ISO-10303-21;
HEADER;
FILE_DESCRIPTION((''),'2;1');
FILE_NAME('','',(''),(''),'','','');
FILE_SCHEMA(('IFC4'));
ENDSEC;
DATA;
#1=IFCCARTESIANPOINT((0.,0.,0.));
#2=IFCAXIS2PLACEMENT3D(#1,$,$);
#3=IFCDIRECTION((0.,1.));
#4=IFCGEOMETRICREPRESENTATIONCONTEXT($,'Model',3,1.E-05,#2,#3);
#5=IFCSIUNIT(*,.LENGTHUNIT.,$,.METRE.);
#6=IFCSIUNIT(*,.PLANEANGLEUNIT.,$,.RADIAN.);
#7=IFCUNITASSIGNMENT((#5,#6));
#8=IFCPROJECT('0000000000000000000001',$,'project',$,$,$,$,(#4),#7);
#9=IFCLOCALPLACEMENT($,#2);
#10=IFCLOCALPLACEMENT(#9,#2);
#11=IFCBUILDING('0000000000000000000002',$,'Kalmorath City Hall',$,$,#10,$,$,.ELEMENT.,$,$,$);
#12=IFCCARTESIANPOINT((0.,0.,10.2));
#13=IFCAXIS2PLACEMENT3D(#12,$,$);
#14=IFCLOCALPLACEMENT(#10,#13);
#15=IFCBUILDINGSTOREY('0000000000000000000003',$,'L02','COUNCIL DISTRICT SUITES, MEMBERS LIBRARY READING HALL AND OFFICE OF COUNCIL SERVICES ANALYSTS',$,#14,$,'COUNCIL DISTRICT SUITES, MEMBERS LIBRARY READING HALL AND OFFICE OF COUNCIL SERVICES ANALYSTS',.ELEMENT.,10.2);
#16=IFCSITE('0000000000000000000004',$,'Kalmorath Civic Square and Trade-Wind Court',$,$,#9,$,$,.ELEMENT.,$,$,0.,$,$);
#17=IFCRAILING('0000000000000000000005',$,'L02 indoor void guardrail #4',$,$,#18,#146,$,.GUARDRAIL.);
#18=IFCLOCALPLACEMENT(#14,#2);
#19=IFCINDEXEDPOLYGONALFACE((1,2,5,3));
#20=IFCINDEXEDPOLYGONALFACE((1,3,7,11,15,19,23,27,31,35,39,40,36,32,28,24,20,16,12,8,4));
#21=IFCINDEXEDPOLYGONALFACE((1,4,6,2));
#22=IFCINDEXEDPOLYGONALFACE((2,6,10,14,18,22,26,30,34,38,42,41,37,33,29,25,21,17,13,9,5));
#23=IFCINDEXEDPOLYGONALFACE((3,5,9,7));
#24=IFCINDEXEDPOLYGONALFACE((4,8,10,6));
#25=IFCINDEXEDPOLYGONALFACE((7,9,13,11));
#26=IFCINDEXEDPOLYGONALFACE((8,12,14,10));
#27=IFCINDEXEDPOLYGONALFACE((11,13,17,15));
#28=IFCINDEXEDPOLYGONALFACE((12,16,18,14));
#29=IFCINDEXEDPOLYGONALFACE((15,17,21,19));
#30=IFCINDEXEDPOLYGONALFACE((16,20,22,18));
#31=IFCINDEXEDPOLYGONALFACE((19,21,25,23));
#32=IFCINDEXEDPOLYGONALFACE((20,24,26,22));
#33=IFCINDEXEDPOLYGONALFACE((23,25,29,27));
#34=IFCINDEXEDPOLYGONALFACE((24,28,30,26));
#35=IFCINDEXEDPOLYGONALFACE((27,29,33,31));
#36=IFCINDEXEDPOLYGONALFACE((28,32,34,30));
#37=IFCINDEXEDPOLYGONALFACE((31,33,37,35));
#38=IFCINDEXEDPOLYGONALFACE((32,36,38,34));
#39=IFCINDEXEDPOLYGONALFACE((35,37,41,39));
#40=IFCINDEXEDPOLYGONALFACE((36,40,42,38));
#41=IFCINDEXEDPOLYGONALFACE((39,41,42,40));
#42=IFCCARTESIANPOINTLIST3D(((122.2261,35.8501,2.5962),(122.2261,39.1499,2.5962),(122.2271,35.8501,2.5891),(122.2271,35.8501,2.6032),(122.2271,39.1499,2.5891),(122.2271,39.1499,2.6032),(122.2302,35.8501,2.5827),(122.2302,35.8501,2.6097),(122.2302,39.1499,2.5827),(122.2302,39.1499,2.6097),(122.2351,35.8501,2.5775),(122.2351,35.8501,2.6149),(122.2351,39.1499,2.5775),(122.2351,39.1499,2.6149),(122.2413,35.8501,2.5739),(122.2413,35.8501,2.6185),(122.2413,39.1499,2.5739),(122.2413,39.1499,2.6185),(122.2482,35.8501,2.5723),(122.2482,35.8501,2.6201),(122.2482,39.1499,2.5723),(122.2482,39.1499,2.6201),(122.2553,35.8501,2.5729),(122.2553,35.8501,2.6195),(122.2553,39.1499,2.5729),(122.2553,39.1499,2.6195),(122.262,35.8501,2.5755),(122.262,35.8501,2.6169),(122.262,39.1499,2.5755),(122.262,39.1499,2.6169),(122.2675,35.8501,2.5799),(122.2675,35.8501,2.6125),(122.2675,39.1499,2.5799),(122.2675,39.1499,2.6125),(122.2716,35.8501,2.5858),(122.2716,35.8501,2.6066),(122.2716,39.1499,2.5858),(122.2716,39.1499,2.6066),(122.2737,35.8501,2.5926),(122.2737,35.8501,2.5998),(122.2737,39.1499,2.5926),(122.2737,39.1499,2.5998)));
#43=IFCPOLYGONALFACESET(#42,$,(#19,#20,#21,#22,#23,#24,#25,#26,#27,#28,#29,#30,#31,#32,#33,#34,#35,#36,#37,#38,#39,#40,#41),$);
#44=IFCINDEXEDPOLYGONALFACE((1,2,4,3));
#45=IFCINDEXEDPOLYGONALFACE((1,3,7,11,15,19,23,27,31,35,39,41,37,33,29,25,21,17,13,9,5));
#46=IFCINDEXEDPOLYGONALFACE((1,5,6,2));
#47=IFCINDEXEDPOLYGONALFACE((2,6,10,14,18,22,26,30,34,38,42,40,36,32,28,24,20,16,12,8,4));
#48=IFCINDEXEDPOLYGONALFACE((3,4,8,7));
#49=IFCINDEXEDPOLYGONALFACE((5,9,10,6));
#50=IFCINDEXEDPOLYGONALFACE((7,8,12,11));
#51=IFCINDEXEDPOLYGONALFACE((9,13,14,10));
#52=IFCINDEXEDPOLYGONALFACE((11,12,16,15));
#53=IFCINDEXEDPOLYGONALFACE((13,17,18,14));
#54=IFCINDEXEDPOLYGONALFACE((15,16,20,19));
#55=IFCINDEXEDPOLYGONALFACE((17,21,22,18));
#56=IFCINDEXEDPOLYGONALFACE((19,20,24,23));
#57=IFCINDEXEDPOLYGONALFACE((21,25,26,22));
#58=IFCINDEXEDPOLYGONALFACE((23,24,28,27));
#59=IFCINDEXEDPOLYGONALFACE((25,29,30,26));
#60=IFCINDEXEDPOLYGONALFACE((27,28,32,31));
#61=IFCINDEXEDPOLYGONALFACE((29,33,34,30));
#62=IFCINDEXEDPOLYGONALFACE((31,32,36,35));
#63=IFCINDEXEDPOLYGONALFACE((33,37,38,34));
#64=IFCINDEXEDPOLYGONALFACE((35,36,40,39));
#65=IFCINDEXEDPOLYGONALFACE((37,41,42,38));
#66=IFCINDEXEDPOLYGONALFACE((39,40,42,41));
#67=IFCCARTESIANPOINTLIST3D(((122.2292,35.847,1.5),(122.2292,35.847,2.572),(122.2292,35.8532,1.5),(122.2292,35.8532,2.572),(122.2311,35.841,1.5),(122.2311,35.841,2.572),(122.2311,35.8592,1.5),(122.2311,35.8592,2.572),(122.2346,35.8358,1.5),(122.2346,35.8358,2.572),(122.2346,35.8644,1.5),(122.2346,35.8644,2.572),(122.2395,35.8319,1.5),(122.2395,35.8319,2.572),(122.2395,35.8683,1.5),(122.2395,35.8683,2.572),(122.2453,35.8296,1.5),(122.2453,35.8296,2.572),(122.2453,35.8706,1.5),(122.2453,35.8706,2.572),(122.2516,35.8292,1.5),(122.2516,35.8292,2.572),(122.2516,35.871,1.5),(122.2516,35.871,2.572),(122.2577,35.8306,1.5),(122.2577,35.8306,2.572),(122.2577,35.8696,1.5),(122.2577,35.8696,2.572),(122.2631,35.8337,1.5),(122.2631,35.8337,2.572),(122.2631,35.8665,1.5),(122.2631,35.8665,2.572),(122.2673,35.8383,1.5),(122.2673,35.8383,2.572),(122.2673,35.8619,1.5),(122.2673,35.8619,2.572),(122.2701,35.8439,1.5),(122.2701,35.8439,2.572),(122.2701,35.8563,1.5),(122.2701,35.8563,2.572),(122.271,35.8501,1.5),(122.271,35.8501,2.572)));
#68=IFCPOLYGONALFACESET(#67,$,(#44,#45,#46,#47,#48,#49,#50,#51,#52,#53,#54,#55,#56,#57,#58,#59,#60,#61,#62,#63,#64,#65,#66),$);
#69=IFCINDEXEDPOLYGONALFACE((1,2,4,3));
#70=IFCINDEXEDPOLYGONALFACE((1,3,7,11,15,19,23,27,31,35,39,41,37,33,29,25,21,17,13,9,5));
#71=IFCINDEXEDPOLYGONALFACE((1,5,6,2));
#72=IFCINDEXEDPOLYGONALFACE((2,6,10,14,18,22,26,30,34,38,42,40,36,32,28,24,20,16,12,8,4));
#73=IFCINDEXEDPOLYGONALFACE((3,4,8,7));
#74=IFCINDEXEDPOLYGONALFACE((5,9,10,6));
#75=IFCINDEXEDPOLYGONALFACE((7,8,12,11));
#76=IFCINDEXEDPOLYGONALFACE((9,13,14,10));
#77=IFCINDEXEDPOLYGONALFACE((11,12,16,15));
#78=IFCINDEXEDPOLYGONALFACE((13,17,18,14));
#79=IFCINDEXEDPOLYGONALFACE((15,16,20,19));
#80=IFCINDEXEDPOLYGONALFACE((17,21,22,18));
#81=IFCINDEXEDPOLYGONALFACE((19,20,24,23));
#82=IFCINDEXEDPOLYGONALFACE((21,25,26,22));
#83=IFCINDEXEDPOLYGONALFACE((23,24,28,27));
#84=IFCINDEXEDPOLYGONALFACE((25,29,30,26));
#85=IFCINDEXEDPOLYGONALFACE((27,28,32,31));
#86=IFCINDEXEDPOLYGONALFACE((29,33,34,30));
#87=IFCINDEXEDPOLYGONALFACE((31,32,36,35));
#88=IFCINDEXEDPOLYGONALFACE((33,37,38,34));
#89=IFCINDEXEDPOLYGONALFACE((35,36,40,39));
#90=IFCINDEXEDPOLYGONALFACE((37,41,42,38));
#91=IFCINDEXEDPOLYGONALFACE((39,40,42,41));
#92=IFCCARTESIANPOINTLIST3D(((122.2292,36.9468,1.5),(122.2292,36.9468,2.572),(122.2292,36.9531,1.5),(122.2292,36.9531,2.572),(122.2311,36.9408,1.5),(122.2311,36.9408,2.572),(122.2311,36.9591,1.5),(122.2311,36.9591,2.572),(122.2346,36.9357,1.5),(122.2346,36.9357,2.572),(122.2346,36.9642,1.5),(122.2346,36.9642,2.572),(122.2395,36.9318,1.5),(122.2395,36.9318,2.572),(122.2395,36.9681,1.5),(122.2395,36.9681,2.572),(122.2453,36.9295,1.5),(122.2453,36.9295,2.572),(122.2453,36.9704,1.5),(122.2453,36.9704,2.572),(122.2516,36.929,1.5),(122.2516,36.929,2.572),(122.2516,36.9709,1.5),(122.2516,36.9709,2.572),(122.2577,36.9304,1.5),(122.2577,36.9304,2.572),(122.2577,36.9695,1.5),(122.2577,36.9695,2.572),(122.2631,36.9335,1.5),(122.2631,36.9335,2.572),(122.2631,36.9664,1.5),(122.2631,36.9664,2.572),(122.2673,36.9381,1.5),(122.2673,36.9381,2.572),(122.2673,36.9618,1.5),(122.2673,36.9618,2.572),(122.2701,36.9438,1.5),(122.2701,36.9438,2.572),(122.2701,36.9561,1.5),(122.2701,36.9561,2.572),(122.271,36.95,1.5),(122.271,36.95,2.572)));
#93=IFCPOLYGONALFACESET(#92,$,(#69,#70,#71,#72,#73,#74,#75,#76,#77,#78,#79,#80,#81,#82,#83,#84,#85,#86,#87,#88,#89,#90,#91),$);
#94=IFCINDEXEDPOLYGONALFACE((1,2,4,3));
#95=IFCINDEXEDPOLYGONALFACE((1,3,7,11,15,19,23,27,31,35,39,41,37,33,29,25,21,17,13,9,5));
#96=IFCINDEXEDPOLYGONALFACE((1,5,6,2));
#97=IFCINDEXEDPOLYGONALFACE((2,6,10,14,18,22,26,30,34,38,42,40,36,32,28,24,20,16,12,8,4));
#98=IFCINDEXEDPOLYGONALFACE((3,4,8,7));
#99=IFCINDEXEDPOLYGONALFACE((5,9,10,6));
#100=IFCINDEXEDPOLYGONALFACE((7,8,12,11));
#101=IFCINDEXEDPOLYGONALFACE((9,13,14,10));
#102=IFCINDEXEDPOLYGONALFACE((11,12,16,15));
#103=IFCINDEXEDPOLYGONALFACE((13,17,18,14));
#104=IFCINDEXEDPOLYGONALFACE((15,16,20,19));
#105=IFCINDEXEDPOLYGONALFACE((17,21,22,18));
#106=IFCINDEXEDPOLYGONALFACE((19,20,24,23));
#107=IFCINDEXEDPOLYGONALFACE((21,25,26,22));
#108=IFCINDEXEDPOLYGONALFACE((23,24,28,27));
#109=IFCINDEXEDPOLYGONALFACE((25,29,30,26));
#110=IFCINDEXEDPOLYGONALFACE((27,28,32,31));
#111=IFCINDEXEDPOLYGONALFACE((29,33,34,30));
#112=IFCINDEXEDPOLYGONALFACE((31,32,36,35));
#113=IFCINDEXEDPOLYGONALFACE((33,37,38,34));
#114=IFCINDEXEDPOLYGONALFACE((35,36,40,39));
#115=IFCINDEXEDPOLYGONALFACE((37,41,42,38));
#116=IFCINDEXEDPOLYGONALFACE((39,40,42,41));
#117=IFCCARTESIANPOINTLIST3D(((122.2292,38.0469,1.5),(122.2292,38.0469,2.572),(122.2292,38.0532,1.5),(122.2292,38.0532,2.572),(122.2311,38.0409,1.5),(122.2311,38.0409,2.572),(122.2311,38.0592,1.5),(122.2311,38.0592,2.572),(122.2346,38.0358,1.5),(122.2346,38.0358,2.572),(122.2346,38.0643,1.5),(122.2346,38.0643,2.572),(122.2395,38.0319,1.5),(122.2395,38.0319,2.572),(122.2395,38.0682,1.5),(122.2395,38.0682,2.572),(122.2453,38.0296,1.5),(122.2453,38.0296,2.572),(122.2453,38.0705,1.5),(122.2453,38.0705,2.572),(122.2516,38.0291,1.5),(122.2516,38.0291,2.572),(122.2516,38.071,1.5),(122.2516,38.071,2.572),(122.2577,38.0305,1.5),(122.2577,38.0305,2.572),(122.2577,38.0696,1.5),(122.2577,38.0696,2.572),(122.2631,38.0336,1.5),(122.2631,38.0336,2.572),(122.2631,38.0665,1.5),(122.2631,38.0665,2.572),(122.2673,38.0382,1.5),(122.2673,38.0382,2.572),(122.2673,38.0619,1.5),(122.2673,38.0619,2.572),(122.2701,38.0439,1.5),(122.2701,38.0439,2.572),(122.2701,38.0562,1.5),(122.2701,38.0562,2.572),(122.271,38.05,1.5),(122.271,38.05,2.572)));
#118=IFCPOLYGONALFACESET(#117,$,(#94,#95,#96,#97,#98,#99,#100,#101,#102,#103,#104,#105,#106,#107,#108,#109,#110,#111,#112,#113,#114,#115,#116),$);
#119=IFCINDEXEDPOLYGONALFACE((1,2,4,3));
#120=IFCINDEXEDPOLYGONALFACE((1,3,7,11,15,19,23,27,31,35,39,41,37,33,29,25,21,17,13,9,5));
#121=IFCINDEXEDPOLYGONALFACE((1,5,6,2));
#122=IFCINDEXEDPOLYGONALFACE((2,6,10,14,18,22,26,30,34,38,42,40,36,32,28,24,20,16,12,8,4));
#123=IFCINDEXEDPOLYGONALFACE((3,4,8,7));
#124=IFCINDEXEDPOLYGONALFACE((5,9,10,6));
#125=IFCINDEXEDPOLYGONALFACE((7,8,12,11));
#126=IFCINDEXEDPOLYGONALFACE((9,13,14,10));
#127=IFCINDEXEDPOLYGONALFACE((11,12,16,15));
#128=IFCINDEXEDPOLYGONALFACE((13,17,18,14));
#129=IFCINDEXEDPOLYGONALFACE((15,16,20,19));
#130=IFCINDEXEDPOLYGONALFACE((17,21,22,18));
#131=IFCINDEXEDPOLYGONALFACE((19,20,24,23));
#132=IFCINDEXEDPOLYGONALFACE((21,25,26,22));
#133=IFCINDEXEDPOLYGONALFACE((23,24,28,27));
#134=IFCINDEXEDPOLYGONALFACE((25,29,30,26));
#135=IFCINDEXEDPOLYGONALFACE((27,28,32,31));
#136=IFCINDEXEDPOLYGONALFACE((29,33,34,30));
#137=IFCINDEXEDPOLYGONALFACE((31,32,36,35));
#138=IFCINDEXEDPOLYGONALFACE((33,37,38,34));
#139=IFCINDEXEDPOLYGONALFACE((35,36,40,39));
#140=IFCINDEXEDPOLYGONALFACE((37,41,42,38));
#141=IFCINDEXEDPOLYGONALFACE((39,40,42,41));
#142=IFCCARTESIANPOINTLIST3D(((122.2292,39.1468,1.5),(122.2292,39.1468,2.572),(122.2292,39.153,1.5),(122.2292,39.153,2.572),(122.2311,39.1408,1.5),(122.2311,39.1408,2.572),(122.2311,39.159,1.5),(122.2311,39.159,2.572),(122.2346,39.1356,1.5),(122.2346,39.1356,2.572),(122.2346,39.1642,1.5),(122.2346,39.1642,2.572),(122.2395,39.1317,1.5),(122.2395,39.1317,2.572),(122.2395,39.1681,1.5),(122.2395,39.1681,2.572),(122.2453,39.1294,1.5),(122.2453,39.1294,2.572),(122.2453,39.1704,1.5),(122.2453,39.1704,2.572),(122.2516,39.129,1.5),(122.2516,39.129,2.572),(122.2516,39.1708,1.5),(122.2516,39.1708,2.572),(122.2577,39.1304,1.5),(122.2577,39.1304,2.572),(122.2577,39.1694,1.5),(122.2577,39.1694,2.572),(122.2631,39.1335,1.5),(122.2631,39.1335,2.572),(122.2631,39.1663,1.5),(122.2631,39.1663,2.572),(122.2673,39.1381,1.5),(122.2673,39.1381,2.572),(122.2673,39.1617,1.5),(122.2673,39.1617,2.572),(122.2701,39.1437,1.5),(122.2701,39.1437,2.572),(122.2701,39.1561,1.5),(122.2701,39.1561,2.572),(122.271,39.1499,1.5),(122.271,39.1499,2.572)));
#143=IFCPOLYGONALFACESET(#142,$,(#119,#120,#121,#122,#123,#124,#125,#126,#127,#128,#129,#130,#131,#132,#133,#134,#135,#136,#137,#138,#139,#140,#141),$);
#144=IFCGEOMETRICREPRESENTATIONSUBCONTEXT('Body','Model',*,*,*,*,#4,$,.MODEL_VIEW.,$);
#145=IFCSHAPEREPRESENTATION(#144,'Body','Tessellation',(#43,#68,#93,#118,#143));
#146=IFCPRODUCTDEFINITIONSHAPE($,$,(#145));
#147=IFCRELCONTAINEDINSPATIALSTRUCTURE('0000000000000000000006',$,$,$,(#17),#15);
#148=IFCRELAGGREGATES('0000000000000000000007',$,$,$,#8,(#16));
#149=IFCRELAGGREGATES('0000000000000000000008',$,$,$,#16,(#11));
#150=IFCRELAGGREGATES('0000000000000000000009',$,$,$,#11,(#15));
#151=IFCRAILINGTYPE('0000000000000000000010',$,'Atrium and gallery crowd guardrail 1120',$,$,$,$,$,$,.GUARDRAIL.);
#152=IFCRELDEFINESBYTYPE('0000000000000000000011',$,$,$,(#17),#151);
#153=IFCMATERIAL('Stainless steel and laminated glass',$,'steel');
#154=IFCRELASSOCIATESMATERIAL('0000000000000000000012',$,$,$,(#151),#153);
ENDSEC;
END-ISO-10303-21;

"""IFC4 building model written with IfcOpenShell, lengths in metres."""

from ifc_helpers import new_model, si_unit, direction, frame, origin, origin_2d, place, context, subcontext, project, spatial, circle, extrude, material, type_object, element, save


model = new_model("IFC4")

# Units and contexts
model_context = context("Model", 3, precision=1e-05, world=origin(), true_north=direction((0.0, 1.0)))
body_context = subcontext(model_context, "Body", "Model", "MODEL_VIEW")
ifc_project = project(units=[si_unit("LENGTHUNIT", "METRE"), si_unit("PLANEANGLEUNIT", "RADIAN")], contexts=[model_context])

# Site, building, storey
site_placement = place(None, origin())
site = spatial("IfcSite", under=ifc_project, at=site_placement, Name="Kalmorath Civic Square and Trade-Wind Court", CompositionType="ELEMENT", RefElevation=0.0)
building_placement = place(site_placement, origin())
building = spatial("IfcBuilding", under=site, at=building_placement, Name="Kalmorath City Hall", CompositionType="ELEMENT")
storey_placement = place(building_placement, frame((0.0, 0.0, 10.2)))
storey = spatial("IfcBuildingStorey", under=building, at=storey_placement, Name="L02", Description="COUNCIL DISTRICT SUITES, MEMBERS LIBRARY READING HALL AND OFFICE OF COUNCIL SERVICES ANALYSTS", LongName="COUNCIL DISTRICT SUITES, MEMBERS LIBRARY READING HALL AND OFFICE OF COUNCIL SERVICES ANALYSTS", CompositionType="ELEMENT", Elevation=10.2)

# Railing
ifc_material_1 = material(Name="Stainless steel and laminated glass", Category="steel")
railing_type_1 = type_object("IfcRailingType", Name="Atrium and gallery crowd guardrail 1120", PredefinedType="GUARDRAIL", material=ifc_material_1)
railing_1_placement = place(storey_placement, frame((122.25, 35.8501, 1.5)))
element("IfcRailing", 1, at=railing_1_placement, inside=storey, type_object=railing_type_1, Name="L02 indoor void guardrail #4", PredefinedType="GUARDRAIL", context=body_context, shape_type="SweptSolid", body=[
    extrude(circle(Radius=0.0239, at=origin_2d()), frame((0.0, 0.0, 1.0962), z_axis=(0.0, 1.0, 0.0), x_axis=(-1.0, 0.0, 0.0)), (0.0, 0.0, 1.0), 3.2998),
    extrude(circle(Radius=0.021, at=origin_2d()), origin(), (0.0, 0.0, 1.0), 1.072),
    extrude(circle(Radius=0.021, at=origin_2d()), frame((0.0, 1.0999, 0.0)), (0.0, 0.0, 1.0), 1.072),
    extrude(circle(Radius=0.021, at=origin_2d()), frame((0.0, 2.2, 0.0)), (0.0, 0.0, 1.0), 1.072),
    extrude(circle(Radius=0.021, at=origin_2d()), frame((0.0, 3.2998, 0.0)), (0.0, 0.0, 1.0), 1.072),
])

save(model, "model.ifc")
